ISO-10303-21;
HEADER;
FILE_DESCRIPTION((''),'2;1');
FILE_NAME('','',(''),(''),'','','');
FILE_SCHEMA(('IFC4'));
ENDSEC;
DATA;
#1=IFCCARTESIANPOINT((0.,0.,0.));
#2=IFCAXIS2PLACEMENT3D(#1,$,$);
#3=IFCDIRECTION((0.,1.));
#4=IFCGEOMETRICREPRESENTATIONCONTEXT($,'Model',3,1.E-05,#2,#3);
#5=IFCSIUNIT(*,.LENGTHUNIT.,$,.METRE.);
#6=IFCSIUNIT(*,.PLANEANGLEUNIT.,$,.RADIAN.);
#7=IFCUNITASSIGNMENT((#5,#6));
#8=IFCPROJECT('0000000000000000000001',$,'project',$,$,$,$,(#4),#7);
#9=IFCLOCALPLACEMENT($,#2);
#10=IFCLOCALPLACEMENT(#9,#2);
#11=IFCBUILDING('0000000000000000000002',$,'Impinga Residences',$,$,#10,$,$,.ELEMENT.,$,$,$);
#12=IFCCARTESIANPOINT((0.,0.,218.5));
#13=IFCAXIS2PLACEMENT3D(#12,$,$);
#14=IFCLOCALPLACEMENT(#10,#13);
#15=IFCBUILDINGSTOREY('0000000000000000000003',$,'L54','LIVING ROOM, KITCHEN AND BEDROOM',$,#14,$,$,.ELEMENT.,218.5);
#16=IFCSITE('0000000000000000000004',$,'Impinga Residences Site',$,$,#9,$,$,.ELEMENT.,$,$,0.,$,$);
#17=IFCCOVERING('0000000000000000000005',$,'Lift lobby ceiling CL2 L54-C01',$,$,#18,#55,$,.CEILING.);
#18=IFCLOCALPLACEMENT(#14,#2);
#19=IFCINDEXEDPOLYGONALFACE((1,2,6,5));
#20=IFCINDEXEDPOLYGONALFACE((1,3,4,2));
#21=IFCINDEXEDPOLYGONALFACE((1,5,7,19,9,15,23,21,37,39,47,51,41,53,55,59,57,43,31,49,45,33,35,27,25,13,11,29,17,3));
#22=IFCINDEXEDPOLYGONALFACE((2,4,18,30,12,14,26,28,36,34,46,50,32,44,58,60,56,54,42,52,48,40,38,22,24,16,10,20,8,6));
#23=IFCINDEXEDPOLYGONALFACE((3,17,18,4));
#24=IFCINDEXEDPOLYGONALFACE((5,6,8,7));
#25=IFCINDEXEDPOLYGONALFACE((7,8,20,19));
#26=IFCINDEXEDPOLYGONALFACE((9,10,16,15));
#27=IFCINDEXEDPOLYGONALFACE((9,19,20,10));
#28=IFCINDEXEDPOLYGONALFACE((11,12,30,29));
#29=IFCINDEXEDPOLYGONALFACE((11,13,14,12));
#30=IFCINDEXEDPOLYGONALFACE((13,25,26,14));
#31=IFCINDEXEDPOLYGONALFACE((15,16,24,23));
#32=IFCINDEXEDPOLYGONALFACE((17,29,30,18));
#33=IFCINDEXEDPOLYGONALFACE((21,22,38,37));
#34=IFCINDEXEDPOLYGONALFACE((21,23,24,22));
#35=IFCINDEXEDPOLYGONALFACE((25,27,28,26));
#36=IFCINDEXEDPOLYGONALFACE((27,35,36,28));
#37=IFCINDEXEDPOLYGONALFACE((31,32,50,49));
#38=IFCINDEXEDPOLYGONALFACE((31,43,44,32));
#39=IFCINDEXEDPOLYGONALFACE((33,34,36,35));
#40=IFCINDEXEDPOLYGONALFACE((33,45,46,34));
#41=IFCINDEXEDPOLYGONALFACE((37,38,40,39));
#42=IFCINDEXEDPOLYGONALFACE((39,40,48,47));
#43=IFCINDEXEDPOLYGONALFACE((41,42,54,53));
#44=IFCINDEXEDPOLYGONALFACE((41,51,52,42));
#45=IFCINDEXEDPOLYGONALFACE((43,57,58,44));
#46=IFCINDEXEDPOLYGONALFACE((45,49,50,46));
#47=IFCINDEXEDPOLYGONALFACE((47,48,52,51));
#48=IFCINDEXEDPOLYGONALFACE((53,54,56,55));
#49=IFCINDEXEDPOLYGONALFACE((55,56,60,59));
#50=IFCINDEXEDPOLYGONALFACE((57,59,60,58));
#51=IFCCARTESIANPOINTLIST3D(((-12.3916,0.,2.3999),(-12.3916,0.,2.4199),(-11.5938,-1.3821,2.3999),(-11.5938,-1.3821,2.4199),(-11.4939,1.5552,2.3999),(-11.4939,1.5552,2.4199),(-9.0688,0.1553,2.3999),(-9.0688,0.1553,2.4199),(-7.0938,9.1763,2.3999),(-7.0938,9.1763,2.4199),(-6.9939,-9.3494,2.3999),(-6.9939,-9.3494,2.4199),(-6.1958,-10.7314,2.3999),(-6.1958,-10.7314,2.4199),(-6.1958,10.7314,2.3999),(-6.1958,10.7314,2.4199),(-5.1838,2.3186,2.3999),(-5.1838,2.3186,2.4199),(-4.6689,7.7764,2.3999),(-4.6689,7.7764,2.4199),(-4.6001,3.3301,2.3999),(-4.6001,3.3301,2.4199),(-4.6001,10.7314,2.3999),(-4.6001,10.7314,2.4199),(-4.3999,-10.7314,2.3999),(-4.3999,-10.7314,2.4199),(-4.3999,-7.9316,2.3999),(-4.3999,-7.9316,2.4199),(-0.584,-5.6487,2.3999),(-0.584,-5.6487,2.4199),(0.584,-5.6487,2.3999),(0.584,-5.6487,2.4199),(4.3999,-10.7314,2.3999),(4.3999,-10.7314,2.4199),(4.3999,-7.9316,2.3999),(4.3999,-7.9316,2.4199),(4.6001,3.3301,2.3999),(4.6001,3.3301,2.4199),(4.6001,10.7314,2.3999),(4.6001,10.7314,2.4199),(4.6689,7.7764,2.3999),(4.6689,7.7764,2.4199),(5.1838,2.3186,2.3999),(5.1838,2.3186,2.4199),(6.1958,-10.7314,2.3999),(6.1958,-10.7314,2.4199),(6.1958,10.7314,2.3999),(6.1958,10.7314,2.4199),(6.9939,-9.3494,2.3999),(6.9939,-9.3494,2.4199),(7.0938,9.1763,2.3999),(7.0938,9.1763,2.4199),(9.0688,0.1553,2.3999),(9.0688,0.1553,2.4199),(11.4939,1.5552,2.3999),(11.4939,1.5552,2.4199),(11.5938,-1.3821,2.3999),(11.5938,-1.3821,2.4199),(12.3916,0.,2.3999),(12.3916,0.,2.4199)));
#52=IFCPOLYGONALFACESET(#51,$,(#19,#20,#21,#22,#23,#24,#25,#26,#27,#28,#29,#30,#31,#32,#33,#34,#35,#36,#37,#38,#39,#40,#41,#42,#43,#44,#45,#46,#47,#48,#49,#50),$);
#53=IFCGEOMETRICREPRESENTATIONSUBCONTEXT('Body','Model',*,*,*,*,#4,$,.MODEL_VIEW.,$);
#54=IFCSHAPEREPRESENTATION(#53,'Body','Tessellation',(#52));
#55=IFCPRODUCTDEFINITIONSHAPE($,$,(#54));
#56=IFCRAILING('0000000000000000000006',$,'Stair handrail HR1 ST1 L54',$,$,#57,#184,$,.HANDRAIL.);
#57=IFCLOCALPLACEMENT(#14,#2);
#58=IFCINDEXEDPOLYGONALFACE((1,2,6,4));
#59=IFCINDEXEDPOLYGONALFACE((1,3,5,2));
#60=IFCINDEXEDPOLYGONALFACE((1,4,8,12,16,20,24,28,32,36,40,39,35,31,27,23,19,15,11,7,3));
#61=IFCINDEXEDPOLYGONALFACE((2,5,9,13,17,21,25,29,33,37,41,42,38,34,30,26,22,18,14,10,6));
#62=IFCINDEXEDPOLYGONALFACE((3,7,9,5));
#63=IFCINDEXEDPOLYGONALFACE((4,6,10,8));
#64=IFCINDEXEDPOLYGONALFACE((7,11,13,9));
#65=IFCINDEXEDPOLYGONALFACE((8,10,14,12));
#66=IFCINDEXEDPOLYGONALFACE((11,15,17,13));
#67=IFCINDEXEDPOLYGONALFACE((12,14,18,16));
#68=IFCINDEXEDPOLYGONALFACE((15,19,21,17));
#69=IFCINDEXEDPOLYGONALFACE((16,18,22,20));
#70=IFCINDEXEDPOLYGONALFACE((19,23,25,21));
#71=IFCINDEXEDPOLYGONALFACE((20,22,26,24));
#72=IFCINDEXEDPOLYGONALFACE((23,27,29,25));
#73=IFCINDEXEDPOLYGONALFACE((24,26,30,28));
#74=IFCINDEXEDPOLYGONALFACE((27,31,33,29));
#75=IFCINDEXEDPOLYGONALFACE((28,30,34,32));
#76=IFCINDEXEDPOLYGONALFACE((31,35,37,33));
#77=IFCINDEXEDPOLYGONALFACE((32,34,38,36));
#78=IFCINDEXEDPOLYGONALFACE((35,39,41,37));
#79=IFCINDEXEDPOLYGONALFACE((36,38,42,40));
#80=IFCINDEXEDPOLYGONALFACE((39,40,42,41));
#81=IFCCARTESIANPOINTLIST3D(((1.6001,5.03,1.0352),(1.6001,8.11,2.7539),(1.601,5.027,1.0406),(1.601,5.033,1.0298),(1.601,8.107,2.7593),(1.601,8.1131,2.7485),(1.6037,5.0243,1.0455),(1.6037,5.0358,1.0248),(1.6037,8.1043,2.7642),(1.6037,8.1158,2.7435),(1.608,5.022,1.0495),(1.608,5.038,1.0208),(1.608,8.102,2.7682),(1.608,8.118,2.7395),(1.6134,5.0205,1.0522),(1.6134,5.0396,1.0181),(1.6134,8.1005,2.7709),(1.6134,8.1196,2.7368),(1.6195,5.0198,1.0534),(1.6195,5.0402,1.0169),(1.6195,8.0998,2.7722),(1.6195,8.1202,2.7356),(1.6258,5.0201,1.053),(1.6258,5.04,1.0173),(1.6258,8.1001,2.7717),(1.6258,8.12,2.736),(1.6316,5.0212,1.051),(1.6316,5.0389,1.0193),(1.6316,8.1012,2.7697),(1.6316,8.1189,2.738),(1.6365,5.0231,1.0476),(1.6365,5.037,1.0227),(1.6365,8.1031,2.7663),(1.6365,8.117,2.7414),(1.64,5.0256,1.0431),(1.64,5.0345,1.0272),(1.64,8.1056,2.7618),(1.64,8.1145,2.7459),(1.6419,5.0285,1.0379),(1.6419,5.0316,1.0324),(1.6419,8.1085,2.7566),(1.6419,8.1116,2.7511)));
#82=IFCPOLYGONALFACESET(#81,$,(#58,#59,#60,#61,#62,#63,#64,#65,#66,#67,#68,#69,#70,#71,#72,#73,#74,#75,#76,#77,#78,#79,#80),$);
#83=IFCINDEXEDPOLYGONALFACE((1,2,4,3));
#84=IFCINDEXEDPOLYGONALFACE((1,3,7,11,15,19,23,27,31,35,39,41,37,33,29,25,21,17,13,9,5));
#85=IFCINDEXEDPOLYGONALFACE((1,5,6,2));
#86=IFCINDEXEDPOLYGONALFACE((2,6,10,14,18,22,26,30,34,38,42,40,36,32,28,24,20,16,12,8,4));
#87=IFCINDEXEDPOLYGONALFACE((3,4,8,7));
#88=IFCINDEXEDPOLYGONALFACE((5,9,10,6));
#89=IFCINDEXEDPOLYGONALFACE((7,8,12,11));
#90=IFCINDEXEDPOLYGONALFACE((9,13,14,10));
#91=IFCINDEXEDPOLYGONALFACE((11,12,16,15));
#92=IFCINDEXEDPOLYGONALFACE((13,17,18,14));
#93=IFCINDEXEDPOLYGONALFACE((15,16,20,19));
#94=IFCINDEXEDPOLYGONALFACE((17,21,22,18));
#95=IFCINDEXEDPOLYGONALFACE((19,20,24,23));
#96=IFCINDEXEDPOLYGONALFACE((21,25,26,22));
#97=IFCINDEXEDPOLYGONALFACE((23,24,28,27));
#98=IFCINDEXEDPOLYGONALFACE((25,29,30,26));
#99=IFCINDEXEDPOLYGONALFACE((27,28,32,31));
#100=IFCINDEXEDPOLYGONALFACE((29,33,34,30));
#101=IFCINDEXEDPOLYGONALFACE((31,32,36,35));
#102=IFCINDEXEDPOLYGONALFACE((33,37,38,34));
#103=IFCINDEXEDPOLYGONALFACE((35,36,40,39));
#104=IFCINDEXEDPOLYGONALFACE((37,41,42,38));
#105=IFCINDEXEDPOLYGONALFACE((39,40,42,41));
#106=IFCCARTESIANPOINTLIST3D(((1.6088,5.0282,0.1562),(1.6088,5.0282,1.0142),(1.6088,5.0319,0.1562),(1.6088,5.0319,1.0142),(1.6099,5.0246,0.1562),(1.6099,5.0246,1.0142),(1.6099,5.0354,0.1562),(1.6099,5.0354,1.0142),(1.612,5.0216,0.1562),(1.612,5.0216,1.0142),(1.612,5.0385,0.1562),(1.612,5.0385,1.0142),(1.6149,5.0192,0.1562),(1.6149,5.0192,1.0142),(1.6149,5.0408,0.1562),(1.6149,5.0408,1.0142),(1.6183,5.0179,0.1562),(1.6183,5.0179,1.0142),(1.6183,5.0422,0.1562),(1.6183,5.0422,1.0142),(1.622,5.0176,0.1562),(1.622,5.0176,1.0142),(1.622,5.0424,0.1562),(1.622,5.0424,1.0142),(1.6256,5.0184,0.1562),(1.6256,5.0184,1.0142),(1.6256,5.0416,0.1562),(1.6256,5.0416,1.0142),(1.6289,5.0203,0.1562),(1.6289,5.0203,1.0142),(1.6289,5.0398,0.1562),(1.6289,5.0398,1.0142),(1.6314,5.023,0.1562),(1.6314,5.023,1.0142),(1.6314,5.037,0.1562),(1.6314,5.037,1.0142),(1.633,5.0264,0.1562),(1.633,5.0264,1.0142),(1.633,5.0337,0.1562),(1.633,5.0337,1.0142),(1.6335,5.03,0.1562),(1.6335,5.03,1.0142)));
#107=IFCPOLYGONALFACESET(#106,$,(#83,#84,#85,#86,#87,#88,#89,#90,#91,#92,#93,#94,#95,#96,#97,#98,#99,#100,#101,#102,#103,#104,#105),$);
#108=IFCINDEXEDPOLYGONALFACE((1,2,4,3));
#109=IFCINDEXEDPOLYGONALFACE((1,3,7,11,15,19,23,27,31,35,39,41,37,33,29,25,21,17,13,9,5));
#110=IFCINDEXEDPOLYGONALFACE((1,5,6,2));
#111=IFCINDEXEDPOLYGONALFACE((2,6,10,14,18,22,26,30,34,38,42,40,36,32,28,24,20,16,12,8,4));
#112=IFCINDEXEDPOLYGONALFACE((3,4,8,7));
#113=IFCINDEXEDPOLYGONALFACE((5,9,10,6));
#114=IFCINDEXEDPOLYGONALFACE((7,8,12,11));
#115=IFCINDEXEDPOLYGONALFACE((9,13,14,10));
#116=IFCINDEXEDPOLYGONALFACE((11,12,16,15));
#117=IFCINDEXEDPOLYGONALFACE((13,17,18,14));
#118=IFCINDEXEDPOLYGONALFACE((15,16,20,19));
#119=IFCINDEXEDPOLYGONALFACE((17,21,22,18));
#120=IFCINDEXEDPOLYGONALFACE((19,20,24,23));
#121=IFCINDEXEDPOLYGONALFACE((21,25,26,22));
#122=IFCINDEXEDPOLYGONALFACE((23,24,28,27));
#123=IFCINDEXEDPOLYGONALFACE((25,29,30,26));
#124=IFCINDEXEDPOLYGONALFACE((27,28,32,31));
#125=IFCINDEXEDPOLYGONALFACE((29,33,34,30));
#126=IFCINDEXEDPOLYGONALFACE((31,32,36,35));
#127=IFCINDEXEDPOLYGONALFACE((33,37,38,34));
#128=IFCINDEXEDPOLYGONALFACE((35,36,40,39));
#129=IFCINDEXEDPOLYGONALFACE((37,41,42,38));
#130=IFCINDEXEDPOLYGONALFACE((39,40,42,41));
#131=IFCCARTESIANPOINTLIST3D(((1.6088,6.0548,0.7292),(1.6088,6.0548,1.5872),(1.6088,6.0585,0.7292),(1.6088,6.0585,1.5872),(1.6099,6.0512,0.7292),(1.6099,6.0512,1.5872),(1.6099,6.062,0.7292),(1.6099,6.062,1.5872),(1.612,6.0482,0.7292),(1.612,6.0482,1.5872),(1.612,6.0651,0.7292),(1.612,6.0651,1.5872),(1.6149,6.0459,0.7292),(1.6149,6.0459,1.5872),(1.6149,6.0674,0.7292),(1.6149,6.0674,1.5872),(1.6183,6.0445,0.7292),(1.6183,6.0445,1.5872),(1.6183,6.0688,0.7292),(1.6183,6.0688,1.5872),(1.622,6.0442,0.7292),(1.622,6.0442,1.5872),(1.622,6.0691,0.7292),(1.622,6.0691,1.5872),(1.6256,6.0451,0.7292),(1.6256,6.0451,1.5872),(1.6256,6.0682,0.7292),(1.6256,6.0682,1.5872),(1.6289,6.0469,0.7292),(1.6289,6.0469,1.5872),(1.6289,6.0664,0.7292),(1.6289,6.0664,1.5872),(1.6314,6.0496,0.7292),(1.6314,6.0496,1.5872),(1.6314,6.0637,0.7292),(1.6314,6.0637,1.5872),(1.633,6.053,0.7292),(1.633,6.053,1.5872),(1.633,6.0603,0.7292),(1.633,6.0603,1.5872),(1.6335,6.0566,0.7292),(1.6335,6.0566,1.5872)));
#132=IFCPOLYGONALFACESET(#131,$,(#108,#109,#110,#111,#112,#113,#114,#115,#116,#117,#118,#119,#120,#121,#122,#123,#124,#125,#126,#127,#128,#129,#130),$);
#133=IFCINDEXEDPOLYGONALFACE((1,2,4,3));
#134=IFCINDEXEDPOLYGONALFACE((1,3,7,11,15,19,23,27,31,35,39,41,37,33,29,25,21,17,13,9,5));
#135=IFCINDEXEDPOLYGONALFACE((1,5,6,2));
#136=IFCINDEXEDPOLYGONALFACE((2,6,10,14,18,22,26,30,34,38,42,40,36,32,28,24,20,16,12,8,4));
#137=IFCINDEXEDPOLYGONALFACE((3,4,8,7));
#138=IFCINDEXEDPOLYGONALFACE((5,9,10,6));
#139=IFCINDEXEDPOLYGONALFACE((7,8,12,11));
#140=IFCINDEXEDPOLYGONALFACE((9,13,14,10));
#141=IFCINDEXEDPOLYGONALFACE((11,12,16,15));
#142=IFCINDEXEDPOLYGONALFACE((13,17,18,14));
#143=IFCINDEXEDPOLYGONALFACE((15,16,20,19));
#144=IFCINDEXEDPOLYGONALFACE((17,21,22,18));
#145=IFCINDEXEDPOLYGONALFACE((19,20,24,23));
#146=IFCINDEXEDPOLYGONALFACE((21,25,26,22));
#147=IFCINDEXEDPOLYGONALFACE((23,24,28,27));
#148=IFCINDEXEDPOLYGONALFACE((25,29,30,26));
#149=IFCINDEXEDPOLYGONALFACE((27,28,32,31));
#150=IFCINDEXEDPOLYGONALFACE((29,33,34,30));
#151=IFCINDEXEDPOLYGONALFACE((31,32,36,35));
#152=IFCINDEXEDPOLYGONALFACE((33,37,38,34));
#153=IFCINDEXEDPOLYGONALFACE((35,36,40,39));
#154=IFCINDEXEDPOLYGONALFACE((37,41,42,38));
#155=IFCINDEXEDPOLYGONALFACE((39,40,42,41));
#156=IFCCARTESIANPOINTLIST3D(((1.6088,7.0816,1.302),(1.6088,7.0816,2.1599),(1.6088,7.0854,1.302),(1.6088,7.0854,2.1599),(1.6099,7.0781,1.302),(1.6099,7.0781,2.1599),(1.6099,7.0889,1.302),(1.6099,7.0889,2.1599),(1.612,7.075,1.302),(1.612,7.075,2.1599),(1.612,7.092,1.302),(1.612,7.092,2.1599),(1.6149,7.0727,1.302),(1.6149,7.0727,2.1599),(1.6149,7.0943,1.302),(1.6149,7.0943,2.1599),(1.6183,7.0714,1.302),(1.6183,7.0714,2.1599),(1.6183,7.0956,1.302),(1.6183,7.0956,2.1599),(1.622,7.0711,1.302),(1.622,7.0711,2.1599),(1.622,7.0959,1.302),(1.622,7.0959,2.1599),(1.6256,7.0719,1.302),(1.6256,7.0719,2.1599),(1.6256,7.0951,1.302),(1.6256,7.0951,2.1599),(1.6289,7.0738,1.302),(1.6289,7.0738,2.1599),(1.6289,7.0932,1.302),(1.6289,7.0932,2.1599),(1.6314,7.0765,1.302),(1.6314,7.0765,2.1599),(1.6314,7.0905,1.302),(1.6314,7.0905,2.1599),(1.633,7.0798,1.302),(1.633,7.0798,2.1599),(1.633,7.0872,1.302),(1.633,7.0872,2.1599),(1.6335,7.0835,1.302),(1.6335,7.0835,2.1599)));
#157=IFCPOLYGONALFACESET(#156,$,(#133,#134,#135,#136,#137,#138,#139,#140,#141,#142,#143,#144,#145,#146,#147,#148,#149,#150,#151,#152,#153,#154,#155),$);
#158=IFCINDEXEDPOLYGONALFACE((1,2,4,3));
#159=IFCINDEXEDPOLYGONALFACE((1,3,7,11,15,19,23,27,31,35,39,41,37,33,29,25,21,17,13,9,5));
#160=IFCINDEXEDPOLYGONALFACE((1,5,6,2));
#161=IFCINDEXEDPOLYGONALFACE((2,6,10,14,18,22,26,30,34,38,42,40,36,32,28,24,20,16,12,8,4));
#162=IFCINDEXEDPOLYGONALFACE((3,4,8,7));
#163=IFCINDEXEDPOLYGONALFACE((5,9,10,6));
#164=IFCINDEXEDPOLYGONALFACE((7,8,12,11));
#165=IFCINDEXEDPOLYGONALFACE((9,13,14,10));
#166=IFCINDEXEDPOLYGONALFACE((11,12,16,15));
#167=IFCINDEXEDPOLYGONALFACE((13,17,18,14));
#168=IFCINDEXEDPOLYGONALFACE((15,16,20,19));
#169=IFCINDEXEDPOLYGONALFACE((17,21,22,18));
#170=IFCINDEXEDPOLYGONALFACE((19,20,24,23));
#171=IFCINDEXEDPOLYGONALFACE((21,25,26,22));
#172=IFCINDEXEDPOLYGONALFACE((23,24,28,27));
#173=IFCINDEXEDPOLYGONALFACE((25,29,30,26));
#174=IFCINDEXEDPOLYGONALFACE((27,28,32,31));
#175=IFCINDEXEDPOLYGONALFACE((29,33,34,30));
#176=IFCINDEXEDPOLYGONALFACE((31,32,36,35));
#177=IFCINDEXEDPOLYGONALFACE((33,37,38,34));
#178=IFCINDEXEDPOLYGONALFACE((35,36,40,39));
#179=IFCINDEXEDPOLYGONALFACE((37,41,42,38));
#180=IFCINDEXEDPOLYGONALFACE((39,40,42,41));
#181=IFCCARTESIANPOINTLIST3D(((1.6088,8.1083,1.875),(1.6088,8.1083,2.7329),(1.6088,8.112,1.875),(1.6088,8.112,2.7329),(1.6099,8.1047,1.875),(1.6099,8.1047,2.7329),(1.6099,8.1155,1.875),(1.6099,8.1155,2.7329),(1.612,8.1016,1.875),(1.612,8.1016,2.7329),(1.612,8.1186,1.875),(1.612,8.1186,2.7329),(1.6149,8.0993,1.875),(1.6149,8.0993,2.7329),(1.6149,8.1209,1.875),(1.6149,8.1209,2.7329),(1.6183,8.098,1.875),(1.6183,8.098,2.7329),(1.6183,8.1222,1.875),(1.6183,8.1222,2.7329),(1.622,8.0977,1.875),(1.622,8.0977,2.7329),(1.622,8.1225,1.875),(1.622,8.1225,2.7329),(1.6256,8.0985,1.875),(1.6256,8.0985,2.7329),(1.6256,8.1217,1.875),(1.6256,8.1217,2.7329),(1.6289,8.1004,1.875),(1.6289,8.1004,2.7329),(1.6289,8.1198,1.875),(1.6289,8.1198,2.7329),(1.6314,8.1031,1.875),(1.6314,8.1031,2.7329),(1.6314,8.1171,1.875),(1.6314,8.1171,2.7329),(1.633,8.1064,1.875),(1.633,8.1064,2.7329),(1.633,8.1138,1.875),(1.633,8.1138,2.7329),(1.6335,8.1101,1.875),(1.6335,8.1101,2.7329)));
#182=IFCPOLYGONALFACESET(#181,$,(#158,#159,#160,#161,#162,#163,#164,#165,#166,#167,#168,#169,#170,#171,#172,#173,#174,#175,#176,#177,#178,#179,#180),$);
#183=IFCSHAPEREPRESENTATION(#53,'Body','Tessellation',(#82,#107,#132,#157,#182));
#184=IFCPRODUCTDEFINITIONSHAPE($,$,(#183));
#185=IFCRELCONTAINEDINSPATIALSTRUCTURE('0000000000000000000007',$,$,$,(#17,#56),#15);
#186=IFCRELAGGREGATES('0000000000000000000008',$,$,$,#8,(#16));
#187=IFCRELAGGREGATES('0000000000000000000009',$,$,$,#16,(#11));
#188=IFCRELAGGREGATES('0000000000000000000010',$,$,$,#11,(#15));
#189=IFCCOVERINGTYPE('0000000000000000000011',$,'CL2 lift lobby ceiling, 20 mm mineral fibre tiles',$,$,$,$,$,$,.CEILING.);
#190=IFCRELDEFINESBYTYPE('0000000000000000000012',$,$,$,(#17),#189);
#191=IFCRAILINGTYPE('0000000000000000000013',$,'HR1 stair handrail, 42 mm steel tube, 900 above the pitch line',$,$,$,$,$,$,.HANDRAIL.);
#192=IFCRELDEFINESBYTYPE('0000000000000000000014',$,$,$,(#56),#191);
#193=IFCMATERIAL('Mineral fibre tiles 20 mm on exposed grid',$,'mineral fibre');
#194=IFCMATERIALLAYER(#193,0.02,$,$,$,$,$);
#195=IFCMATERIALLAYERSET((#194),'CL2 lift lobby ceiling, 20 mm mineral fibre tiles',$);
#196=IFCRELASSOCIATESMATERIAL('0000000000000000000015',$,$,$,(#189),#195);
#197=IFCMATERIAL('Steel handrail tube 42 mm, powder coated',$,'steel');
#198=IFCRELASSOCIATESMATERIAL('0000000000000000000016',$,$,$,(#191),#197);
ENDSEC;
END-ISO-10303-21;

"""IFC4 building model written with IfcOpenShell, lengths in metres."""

from ifc_helpers import new_model, si_unit, direction, frame, origin, origin_2d, place, context, subcontext, project, spatial, polyline, circle, outline, extrude, material, layer, layer_set, type_object, element, save


model = new_model("IFC4")

# Units and contexts
model_context = context("Model", 3, precision=1e-05, world=origin(), true_north=direction((0.0, 1.0)))
body_context = subcontext(model_context, "Body", "Model", "MODEL_VIEW")
ifc_project = project(units=[si_unit("LENGTHUNIT", "METRE"), si_unit("PLANEANGLEUNIT", "RADIAN")], contexts=[model_context])

# Site, building, storey
site_placement = place(None, origin())
site = spatial("IfcSite", under=ifc_project, at=site_placement, Name="Impinga Residences Site", CompositionType="ELEMENT", RefElevation=0.0)
building_placement = place(site_placement, origin())
building = spatial("IfcBuilding", under=site, at=building_placement, Name="Impinga Residences", CompositionType="ELEMENT")
storey_placement = place(building_placement, frame((0.0, 0.0, 218.5)))
storey = spatial("IfcBuildingStorey", under=building, at=storey_placement, Name="L54", Description="LIVING ROOM, KITCHEN AND BEDROOM", CompositionType="ELEMENT", Elevation=218.5)

# Covering
ifc_material_1 = material(Name="Mineral fibre tiles 20 mm on exposed grid", Category="mineral fibre")
ifc_layer_1 = layer(ifc_material_1, 0.02)
ifc_layer_set_1 = layer_set([ifc_layer_1], Name="CL2 lift lobby ceiling, 20 mm mineral fibre tiles")
covering_type_1 = type_object("IfcCoveringType", Name="CL2 lift lobby ceiling, 20 mm mineral fibre tiles", PredefinedType="CEILING", material=ifc_layer_set_1)
covering_1_placement = place(storey_placement, frame((0.0, 0.0, 2.3999)))
element("IfcCovering", 1, at=covering_1_placement, inside=storey, type_object=covering_type_1, Name="Lift lobby ceiling CL2 L54-C01", PredefinedType="CEILING", context=body_context, shape_type="SweptSolid", body=[
    extrude(outline(polyline([(12.3916, 0.0), (11.5938, -1.3821), (5.1838, 2.3186), (0.584, -5.6487), (6.9939, -9.3494), (6.1958, -10.7314), (4.3999, -10.7314), (4.3999, -7.9316), (-4.3999, -7.9316), (-4.3999, -10.7314), (-6.1958, -10.7314), (-6.9939, -9.3494), (-0.584, -5.6487), (-5.1838, 2.3186), (-11.5938, -1.3821), (-12.3916, 0.0), (-11.4939, 1.5552), (-9.0688, 0.1553), (-4.6689, 7.7764), (-7.0938, 9.1763), (-6.1958, 10.7314), (-4.6001, 10.7314), (-4.6001, 3.3301), (4.6001, 3.3301), (4.6001, 10.7314), (6.1958, 10.7314), (7.0938, 9.1763), (4.6689, 7.7764), (9.0688, 0.1553), (11.4939, 1.5552), (12.3916, 0.0)])), origin(), (0.0, 0.0, 1.0), 0.02),
])

# Railing
ifc_material_2 = material(Name="Steel handrail tube 42 mm, powder coated", Category="steel")
railing_type = type_object("IfcRailingType", Name="HR1 stair handrail, 42 mm steel tube, 900 above the pitch line", PredefinedType="HANDRAIL", material=ifc_material_2)
railing_1_placement = place(storey_placement, frame((1.6211, 5.03, 0.1562)))
element("IfcRailing", 2, at=railing_1_placement, inside=storey, type_object=railing_type, Name="Stair handrail HR1 ST1 L54", PredefinedType="HANDRAIL", context=body_context, shape_type="SweptSolid", body=[
    extrude(circle(Radius=0.021, at=origin_2d()), frame((0.0, 0.0, 0.8789), z_axis=(0.0, 0.873242, 0.487288), x_axis=(-1.0, 0.0, 0.0)), (0.0, 0.0, 1.0), 3.5271),
    extrude(circle(Radius=0.0125, at=origin_2d()), origin(), (0.0, 0.0, 1.0), 0.8579),
    extrude(circle(Radius=0.0125, at=origin_2d()), frame((0.0, 1.0266, 0.573)), (0.0, 0.0, 1.0), 0.8579),
    extrude(circle(Radius=0.0125, at=origin_2d()), frame((0.0, 2.0535, 1.1458)), (0.0, 0.0, 1.0), 0.8579),
    extrude(circle(Radius=0.0125, at=origin_2d()), frame((0.0, 3.0801, 1.7188)), (0.0, 0.0, 1.0), 0.8579),
])

save(model, "model.ifc")
